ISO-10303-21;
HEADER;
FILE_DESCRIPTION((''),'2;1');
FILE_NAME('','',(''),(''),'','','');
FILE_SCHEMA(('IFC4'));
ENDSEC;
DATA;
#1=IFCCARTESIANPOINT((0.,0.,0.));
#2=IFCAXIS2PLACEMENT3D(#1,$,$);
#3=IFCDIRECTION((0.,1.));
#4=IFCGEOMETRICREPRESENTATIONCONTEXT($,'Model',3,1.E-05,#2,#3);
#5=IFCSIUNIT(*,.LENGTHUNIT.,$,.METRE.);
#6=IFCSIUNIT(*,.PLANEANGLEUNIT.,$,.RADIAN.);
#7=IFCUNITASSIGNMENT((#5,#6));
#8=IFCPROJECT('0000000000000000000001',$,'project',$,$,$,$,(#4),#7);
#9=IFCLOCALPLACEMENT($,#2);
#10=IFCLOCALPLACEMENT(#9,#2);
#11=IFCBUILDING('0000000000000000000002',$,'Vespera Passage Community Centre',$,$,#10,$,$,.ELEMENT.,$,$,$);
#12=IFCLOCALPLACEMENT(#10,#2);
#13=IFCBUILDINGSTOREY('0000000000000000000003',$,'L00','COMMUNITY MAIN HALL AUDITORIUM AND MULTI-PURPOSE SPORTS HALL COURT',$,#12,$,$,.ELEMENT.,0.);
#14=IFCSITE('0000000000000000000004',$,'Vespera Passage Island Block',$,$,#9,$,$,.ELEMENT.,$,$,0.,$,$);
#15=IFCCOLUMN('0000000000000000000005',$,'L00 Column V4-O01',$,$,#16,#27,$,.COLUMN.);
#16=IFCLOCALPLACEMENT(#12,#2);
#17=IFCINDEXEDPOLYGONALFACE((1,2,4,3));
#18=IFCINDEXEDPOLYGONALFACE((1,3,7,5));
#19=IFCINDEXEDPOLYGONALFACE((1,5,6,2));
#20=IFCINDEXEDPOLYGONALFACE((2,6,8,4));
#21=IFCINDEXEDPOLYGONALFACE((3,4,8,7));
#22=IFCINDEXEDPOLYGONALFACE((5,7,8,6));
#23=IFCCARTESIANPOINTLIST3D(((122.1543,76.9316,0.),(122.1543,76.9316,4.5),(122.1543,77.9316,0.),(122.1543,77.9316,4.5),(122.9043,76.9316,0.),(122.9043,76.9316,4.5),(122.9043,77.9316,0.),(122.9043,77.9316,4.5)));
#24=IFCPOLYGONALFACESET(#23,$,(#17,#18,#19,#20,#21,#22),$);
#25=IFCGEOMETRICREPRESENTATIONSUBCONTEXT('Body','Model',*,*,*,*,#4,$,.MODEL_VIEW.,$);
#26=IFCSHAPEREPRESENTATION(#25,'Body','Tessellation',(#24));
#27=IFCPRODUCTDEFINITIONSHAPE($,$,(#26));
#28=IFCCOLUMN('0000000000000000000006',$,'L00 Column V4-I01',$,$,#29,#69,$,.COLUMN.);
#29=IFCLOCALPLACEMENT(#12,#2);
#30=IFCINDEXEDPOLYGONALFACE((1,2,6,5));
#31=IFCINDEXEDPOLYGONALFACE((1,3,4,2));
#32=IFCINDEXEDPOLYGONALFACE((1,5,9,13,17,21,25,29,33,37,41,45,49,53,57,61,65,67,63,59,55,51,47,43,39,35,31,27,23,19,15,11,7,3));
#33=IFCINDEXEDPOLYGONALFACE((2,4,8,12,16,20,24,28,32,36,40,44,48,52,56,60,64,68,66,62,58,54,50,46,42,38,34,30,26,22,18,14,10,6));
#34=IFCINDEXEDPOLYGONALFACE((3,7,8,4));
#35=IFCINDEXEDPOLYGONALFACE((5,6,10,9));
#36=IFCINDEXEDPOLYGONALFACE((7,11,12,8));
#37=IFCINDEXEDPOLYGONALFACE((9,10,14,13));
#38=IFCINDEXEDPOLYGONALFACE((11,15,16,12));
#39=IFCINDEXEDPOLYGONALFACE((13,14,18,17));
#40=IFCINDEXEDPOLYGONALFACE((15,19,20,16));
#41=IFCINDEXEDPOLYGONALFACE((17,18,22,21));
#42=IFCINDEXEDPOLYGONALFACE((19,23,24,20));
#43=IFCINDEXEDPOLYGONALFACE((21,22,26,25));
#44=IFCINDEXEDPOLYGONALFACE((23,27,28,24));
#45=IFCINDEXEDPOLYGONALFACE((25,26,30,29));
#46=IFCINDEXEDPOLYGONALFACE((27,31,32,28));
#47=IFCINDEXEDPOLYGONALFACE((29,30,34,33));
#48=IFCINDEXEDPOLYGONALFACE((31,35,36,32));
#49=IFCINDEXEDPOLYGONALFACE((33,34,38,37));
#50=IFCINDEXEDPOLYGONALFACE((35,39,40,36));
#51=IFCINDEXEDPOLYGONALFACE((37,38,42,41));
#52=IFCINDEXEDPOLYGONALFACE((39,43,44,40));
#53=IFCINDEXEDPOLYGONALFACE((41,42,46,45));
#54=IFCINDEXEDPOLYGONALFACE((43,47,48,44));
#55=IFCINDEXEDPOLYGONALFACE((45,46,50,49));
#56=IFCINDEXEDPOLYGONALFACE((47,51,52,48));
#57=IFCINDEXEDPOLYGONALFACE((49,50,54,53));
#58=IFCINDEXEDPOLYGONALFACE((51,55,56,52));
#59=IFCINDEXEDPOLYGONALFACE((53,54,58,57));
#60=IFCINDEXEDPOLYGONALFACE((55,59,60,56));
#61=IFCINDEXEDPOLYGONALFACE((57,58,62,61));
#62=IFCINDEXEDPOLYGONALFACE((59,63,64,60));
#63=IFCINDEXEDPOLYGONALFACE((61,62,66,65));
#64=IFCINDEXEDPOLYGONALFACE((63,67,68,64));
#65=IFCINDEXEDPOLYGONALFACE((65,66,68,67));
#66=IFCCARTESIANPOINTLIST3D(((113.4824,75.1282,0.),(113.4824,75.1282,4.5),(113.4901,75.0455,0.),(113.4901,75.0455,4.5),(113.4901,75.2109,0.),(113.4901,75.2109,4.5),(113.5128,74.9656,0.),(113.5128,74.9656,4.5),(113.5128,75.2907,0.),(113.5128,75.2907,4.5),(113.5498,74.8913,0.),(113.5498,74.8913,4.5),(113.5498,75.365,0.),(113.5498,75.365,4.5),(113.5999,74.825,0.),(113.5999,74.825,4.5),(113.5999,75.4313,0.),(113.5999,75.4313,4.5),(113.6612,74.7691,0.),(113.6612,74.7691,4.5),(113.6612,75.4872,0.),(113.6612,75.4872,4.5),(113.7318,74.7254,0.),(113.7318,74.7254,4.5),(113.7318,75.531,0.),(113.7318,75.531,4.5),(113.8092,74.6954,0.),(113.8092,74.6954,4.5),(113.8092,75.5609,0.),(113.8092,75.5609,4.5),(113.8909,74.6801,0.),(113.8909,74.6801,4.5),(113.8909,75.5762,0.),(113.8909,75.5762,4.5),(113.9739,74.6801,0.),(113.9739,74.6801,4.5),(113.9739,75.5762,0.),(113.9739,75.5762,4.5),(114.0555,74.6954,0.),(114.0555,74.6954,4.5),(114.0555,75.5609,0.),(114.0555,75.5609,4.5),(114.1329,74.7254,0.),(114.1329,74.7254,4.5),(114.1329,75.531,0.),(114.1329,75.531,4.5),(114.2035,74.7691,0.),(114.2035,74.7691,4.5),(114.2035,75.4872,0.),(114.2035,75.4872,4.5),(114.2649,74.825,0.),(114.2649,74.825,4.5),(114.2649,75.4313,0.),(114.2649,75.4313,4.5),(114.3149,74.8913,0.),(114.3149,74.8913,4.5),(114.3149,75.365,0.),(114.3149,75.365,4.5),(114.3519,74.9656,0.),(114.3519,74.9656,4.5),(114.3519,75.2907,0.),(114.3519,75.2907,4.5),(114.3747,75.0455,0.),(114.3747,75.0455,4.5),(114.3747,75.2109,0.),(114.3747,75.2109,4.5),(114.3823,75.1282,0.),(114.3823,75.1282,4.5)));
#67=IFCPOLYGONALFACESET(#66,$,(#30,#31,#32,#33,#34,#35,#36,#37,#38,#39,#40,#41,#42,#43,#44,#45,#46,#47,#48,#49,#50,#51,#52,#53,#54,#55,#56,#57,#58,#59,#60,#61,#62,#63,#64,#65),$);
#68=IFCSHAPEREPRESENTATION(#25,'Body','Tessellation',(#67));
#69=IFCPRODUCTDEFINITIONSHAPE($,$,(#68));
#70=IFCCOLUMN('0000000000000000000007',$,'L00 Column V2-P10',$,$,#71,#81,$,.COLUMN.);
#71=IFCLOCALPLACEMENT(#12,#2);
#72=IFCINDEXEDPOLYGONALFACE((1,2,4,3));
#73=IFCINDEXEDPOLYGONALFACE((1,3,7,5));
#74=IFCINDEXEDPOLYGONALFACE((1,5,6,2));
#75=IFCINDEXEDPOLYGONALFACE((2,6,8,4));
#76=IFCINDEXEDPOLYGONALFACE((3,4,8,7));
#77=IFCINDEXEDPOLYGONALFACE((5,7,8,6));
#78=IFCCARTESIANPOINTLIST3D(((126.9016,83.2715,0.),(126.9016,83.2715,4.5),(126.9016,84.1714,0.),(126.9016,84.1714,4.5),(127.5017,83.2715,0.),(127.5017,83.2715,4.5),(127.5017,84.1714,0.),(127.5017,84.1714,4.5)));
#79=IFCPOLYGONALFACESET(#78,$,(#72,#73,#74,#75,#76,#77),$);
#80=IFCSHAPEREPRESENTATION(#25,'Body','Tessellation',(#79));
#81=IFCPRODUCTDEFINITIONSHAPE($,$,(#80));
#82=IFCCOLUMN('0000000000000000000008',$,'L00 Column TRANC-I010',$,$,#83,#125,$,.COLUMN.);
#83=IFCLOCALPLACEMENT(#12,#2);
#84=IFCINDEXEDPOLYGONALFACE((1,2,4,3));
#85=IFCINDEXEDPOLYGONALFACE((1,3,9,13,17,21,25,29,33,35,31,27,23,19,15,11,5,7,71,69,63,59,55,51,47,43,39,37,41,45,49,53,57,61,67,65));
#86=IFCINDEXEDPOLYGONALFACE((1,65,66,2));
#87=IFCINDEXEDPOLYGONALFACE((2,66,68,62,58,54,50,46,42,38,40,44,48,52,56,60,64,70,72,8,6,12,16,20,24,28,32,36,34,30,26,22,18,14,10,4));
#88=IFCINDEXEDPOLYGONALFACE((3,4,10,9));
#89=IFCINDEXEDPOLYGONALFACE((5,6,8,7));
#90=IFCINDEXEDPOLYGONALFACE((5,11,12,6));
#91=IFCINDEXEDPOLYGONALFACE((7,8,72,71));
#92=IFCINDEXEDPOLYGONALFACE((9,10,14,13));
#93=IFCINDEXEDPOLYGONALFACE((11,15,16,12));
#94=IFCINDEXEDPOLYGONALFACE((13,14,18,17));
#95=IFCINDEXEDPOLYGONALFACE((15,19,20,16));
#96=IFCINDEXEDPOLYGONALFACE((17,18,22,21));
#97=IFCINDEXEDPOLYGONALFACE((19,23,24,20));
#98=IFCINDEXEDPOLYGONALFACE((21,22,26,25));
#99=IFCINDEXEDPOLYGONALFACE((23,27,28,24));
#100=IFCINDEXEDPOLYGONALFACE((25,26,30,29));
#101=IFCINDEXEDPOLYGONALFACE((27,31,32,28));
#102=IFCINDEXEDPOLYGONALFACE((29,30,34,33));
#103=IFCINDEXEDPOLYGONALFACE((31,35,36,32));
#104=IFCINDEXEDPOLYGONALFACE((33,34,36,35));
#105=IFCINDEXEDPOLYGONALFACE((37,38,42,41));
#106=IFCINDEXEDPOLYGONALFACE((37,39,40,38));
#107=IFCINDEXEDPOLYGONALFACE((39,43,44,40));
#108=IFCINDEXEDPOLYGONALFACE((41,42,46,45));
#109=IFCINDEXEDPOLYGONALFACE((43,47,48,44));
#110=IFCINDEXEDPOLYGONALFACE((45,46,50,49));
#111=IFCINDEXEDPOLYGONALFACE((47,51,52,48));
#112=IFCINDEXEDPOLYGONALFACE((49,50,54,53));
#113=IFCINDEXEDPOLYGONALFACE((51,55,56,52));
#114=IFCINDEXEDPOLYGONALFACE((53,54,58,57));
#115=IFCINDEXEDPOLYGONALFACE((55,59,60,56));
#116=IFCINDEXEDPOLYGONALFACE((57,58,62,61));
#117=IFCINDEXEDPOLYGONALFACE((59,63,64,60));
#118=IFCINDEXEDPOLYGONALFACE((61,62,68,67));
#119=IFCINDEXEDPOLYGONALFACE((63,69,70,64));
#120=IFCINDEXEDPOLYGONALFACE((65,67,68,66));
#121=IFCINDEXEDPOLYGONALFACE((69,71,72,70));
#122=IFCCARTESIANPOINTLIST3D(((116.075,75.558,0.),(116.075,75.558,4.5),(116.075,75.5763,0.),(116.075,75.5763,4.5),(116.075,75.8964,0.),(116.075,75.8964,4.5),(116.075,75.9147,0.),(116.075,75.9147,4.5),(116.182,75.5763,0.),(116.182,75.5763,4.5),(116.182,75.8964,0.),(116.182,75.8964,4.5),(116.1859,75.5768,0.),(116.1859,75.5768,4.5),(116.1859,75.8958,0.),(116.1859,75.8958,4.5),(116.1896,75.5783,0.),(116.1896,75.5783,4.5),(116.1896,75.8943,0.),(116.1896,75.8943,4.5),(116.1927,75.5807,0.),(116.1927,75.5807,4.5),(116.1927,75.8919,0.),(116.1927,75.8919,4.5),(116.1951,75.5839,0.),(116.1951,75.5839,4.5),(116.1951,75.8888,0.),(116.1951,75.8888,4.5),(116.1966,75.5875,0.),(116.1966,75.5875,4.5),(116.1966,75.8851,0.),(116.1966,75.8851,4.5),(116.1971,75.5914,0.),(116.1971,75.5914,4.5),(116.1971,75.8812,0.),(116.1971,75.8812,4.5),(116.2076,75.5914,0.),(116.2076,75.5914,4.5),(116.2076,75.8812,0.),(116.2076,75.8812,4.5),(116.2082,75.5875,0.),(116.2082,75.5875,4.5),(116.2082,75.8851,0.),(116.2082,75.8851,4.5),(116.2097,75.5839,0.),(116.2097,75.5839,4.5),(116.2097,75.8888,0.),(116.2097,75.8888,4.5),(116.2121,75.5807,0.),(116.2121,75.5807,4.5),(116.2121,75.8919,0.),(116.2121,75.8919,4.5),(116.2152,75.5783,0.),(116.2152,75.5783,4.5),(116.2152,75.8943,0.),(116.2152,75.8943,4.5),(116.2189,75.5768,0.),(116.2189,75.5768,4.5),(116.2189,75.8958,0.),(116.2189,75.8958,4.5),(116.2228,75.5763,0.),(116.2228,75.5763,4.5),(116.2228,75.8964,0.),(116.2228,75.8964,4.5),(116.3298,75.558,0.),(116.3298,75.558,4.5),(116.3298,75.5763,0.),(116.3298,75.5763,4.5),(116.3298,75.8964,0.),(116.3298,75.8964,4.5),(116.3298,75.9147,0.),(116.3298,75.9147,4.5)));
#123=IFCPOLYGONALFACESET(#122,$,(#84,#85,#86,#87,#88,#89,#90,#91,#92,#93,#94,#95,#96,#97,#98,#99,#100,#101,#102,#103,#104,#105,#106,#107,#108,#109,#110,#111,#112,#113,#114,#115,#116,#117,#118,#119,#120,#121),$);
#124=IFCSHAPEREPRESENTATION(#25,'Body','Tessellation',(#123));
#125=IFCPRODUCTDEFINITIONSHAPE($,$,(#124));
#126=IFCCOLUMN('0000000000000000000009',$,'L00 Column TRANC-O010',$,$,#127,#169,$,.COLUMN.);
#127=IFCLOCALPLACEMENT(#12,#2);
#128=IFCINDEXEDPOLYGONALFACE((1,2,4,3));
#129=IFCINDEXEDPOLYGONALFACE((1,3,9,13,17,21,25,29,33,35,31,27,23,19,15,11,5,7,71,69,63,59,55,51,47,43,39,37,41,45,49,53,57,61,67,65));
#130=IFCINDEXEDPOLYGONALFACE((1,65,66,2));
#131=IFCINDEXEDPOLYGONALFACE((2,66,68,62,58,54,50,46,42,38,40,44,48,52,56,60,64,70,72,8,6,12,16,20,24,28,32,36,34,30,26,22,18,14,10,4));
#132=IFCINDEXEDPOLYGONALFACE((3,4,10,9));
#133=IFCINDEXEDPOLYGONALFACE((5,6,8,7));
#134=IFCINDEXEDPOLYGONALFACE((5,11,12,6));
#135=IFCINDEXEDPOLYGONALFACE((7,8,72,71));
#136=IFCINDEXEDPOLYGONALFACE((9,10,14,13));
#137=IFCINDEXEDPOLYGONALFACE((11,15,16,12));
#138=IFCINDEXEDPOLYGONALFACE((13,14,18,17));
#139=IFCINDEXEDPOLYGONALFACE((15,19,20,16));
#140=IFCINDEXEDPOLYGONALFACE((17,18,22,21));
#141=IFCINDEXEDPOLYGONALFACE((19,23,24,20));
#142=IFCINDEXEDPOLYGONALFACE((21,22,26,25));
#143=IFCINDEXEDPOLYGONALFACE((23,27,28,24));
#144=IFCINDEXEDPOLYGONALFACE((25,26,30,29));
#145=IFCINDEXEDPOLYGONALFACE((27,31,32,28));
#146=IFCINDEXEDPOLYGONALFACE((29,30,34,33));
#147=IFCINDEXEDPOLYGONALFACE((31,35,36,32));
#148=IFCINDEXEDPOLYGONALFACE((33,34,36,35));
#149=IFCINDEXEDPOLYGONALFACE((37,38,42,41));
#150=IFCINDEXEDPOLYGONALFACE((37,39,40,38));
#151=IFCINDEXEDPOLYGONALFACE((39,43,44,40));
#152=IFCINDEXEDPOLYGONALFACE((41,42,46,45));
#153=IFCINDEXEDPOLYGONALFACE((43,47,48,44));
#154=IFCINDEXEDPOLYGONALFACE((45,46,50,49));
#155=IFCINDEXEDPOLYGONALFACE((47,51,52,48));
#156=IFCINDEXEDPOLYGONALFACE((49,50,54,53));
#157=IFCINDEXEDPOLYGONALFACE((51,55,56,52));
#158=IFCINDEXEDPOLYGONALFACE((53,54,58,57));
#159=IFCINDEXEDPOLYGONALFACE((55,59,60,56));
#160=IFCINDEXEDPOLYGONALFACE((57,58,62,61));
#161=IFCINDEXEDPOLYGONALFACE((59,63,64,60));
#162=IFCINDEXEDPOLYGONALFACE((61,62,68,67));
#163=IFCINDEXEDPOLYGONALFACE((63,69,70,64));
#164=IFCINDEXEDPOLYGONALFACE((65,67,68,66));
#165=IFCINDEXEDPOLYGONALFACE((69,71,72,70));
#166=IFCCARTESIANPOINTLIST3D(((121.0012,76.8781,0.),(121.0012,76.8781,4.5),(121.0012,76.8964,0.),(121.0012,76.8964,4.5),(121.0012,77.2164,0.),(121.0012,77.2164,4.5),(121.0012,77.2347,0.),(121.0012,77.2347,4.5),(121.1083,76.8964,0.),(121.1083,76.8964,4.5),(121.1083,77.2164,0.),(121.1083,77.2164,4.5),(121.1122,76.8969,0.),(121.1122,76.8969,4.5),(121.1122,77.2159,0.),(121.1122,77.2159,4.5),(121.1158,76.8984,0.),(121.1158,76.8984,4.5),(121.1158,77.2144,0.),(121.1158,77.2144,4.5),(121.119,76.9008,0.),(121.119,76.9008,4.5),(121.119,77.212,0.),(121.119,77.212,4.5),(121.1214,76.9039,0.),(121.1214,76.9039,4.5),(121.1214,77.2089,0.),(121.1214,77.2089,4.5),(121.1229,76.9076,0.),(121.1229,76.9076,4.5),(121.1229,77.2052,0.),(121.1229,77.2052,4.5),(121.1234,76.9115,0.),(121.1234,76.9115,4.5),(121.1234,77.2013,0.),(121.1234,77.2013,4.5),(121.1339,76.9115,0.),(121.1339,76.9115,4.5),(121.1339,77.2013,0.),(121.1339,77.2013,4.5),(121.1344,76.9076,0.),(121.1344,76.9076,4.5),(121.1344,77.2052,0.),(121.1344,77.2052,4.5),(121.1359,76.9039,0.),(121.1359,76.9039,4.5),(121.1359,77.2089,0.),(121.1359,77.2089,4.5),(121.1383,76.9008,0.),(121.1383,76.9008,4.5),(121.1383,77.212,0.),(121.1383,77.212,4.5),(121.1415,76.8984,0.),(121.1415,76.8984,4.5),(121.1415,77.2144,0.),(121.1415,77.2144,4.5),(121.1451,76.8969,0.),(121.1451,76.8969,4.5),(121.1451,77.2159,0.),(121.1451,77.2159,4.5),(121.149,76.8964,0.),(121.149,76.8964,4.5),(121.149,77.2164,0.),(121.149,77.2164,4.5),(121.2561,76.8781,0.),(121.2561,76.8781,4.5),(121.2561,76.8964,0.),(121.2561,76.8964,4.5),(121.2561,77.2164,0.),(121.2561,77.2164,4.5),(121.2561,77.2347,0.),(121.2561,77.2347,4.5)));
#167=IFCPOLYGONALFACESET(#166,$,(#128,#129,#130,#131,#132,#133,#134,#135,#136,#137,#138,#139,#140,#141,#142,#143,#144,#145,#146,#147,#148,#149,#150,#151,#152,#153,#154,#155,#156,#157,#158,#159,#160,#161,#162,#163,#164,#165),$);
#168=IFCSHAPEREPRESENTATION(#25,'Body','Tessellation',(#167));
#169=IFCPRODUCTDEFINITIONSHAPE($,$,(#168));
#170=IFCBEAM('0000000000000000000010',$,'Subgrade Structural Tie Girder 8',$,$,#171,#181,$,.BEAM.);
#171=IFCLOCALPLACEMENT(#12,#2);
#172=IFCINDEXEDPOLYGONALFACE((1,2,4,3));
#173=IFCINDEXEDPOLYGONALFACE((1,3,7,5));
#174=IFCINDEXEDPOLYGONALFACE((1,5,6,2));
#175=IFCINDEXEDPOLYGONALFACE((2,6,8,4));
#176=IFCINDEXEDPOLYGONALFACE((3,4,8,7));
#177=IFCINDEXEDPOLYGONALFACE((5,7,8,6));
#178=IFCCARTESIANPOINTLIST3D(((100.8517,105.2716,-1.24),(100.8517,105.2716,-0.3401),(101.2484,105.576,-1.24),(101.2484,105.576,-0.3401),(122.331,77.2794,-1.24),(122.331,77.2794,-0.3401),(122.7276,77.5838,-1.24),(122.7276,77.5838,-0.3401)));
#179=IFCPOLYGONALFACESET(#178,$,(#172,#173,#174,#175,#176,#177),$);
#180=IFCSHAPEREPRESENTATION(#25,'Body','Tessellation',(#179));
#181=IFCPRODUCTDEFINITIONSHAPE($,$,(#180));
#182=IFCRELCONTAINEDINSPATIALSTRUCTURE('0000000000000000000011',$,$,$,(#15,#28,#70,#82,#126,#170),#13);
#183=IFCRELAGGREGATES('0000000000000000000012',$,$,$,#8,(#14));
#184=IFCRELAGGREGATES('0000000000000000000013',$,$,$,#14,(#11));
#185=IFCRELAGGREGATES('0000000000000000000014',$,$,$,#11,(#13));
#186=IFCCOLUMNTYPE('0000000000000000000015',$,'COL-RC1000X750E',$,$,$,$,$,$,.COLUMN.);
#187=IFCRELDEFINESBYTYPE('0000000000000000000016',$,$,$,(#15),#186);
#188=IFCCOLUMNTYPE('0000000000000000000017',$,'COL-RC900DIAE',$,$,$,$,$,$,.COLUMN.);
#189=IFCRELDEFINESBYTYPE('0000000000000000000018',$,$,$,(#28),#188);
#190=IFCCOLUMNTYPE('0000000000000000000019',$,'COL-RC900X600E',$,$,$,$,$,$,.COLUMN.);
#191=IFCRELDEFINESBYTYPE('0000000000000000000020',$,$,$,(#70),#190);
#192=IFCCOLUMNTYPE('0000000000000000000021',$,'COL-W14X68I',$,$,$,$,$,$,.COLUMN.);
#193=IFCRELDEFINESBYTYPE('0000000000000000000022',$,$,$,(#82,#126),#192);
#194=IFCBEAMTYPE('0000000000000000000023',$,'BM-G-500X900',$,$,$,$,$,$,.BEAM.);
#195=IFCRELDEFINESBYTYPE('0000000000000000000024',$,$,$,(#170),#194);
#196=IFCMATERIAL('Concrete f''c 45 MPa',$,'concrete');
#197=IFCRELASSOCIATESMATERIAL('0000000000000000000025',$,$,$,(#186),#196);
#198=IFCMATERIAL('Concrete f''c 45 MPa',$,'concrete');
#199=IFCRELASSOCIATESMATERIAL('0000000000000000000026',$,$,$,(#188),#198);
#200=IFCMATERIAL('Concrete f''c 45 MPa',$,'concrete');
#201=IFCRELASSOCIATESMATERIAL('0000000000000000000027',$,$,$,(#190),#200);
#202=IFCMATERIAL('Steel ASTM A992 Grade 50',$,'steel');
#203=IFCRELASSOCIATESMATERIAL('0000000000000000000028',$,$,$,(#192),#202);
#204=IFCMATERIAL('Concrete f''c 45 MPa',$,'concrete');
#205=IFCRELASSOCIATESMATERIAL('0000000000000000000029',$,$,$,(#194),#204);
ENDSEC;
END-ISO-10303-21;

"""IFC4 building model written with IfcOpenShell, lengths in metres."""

from ifc_helpers import new_model, si_unit, direction, frame, origin, origin_2d, place, context, subcontext, project, spatial, rectangle, circle, i_section, extrude, material, material_profile, profile_set, type_object, element, save


model = new_model("IFC4")

# Units and contexts
model_context = context("Model", 3, precision=1e-05, world=origin(), true_north=direction((0.0, 1.0)))
body_context = subcontext(model_context, "Body", "Model", "MODEL_VIEW")
ifc_project = project(units=[si_unit("LENGTHUNIT", "METRE"), si_unit("PLANEANGLEUNIT", "RADIAN")], contexts=[model_context])

# Site, building, storey
site_placement = place(None, origin())
site = spatial("IfcSite", under=ifc_project, at=site_placement, Name="Vespera Passage Island Block", CompositionType="ELEMENT", RefElevation=0.0)
building_placement = place(site_placement, origin())
building = spatial("IfcBuilding", under=site, at=building_placement, Name="Vespera Passage Community Centre", CompositionType="ELEMENT")
storey_placement = place(building_placement, origin())
storey = spatial("IfcBuildingStorey", under=building, at=storey_placement, Name="L00", Description="COMMUNITY MAIN HALL AUDITORIUM AND MULTI-PURPOSE SPORTS HALL COURT", CompositionType="ELEMENT", Elevation=0.0)

# Columns
ifc_material_1 = material(Name="Concrete f'c 45 MPa", Category="concrete")
ifc_material_profile_1 = material_profile(ifc_material_1, rectangle(XDim=0.75, YDim=1.0, at=origin_2d()), Name="RC1000X750")
ifc_profile_set_1 = profile_set([ifc_material_profile_1], Name="Concrete f'c 45 MPa")
column_type_1 = type_object("IfcColumnType", Name="COL-RC1000X750E", PredefinedType="COLUMN", material=ifc_profile_set_1)
column_1_placement = place(storey_placement, frame((122.5293, 77.4316, 0.0), z_axis=(0.0, 0.0, 1.0), x_axis=(1.0, 0.0, 0.0)))
element("IfcColumn", 1, at=column_1_placement, inside=storey, type_object=column_type_1, Name="L00 Column V4-O01", PredefinedType="COLUMN", context=body_context, shape_type="SweptSolid", body=[
    extrude(rectangle(XDim=0.75, YDim=1.0, at=origin_2d()), origin(), (0.0, 0.0, 1.0), 4.5),
])
ifc_material_2 = material(Name="Concrete f'c 45 MPa", Category="concrete")
ifc_material_profile_2 = material_profile(ifc_material_2, circle(Radius=0.45, at=origin_2d()), Name="RC900DIA")
ifc_profile_set_2 = profile_set([ifc_material_profile_2], Name="Concrete f'c 45 MPa")
column_type_2 = type_object("IfcColumnType", Name="COL-RC900DIAE", PredefinedType="COLUMN", material=ifc_profile_set_2)
column_2_placement = place(storey_placement, frame((113.9324, 75.1282, 0.0), z_axis=(0.0, 0.0, 1.0), x_axis=(1.0, 0.0, 0.0)))
element("IfcColumn", 2, at=column_2_placement, inside=storey, type_object=column_type_2, Name="L00 Column V4-I01", PredefinedType="COLUMN", context=body_context, shape_type="SweptSolid", body=[
    extrude(circle(Radius=0.45, at=origin_2d()), origin(), (0.0, 0.0, 1.0), 4.5),
])
ifc_material_3 = material(Name="Concrete f'c 45 MPa", Category="concrete")
ifc_material_profile_3 = material_profile(ifc_material_3, rectangle(XDim=0.6001, YDim=0.8999, at=origin_2d()), Name="RC900X600")
ifc_profile_set_3 = profile_set([ifc_material_profile_3], Name="Concrete f'c 45 MPa")
column_type_3 = type_object("IfcColumnType", Name="COL-RC900X600E", PredefinedType="COLUMN", material=ifc_profile_set_3)
column_3_placement = place(storey_placement, frame((127.2017, 83.7214, 0.0), z_axis=(0.0, 0.0, 1.0), x_axis=(1.0, 0.0, 0.0)))
element("IfcColumn", 3, at=column_3_placement, inside=storey, type_object=column_type_3, Name="L00 Column V2-P10", PredefinedType="COLUMN", context=body_context, shape_type="SweptSolid", body=[
    extrude(rectangle(XDim=0.6001, YDim=0.8999, at=origin_2d()), origin(), (0.0, 0.0, 1.0), 4.5),
])
ifc_material_4 = material(Name="Steel ASTM A992 Grade 50", Category="steel")
ifc_material_profile_4 = material_profile(ifc_material_4, i_section(OverallWidth=0.2549, OverallDepth=0.3567, WebThickness=0.0105, FlangeThickness=0.0183, FilletRadius=0.0151, at=origin_2d()), Name="W14X68")
ifc_profile_set_4 = profile_set([ifc_material_profile_4], Name="Steel ASTM A992 Grade 50")
column_type_4 = type_object("IfcColumnType", Name="COL-W14X68I", PredefinedType="COLUMN", material=ifc_profile_set_4)
for number, where, z_axis, x_axis, name in (
    (4, (116.2024, 75.7363, 0.0), (0.0, 0.0, 1.0), (1.0, 0.0, 0.0), "L00 Column TRANC-I010"),
    (5, (121.1287, 77.0564, 0.0), (0.0, 0.0, 1.0), (1.0, 0.0, 0.0), "L00 Column TRANC-O010"),
):
    element("IfcColumn", number, at=place(storey_placement, frame(where, z_axis=z_axis, x_axis=x_axis)), inside=storey, type_object=column_type_4, Name=name, PredefinedType="COLUMN", context=body_context, shape_type="SweptSolid", body=[
        extrude(i_section(OverallWidth=0.2549, OverallDepth=0.3567, WebThickness=0.0105, FlangeThickness=0.0183, FilletRadius=0.0151, at=origin_2d()), origin(), (0.0, 0.0, 1.0), 4.5),
    ])

# Beam
ifc_material_5 = material(Name="Concrete f'c 45 MPa", Category="concrete")
ifc_material_profile_5 = material_profile(ifc_material_5, rectangle(XDim=0.5, YDim=0.8999, at=origin_2d()), Name="RC500X900")
ifc_profile_set_5 = profile_set([ifc_material_profile_5], Name="Concrete f'c 45 MPa")
beam_type_1 = type_object("IfcBeamType", Name="BM-G-500X900", PredefinedType="BEAM", material=ifc_profile_set_5)
beam_1_placement = place(storey_placement, frame((122.5293, 77.4316, -0.79), z_axis=(-0.608763, 0.793352, 0.0), x_axis=(-0.793352, -0.608763, 0.0)))
element("IfcBeam", 6, at=beam_1_placement, inside=storey, type_object=beam_type_1, Name="Subgrade Structural Tie Girder 8", PredefinedType="BEAM", context=body_context, shape_type="SweptSolid", body=[
    extrude(rectangle(XDim=0.5, YDim=0.8999, at=origin_2d()), origin(), (0.0, 0.0, 1.0), 35.2834),
])

save(model, "model.ifc")
